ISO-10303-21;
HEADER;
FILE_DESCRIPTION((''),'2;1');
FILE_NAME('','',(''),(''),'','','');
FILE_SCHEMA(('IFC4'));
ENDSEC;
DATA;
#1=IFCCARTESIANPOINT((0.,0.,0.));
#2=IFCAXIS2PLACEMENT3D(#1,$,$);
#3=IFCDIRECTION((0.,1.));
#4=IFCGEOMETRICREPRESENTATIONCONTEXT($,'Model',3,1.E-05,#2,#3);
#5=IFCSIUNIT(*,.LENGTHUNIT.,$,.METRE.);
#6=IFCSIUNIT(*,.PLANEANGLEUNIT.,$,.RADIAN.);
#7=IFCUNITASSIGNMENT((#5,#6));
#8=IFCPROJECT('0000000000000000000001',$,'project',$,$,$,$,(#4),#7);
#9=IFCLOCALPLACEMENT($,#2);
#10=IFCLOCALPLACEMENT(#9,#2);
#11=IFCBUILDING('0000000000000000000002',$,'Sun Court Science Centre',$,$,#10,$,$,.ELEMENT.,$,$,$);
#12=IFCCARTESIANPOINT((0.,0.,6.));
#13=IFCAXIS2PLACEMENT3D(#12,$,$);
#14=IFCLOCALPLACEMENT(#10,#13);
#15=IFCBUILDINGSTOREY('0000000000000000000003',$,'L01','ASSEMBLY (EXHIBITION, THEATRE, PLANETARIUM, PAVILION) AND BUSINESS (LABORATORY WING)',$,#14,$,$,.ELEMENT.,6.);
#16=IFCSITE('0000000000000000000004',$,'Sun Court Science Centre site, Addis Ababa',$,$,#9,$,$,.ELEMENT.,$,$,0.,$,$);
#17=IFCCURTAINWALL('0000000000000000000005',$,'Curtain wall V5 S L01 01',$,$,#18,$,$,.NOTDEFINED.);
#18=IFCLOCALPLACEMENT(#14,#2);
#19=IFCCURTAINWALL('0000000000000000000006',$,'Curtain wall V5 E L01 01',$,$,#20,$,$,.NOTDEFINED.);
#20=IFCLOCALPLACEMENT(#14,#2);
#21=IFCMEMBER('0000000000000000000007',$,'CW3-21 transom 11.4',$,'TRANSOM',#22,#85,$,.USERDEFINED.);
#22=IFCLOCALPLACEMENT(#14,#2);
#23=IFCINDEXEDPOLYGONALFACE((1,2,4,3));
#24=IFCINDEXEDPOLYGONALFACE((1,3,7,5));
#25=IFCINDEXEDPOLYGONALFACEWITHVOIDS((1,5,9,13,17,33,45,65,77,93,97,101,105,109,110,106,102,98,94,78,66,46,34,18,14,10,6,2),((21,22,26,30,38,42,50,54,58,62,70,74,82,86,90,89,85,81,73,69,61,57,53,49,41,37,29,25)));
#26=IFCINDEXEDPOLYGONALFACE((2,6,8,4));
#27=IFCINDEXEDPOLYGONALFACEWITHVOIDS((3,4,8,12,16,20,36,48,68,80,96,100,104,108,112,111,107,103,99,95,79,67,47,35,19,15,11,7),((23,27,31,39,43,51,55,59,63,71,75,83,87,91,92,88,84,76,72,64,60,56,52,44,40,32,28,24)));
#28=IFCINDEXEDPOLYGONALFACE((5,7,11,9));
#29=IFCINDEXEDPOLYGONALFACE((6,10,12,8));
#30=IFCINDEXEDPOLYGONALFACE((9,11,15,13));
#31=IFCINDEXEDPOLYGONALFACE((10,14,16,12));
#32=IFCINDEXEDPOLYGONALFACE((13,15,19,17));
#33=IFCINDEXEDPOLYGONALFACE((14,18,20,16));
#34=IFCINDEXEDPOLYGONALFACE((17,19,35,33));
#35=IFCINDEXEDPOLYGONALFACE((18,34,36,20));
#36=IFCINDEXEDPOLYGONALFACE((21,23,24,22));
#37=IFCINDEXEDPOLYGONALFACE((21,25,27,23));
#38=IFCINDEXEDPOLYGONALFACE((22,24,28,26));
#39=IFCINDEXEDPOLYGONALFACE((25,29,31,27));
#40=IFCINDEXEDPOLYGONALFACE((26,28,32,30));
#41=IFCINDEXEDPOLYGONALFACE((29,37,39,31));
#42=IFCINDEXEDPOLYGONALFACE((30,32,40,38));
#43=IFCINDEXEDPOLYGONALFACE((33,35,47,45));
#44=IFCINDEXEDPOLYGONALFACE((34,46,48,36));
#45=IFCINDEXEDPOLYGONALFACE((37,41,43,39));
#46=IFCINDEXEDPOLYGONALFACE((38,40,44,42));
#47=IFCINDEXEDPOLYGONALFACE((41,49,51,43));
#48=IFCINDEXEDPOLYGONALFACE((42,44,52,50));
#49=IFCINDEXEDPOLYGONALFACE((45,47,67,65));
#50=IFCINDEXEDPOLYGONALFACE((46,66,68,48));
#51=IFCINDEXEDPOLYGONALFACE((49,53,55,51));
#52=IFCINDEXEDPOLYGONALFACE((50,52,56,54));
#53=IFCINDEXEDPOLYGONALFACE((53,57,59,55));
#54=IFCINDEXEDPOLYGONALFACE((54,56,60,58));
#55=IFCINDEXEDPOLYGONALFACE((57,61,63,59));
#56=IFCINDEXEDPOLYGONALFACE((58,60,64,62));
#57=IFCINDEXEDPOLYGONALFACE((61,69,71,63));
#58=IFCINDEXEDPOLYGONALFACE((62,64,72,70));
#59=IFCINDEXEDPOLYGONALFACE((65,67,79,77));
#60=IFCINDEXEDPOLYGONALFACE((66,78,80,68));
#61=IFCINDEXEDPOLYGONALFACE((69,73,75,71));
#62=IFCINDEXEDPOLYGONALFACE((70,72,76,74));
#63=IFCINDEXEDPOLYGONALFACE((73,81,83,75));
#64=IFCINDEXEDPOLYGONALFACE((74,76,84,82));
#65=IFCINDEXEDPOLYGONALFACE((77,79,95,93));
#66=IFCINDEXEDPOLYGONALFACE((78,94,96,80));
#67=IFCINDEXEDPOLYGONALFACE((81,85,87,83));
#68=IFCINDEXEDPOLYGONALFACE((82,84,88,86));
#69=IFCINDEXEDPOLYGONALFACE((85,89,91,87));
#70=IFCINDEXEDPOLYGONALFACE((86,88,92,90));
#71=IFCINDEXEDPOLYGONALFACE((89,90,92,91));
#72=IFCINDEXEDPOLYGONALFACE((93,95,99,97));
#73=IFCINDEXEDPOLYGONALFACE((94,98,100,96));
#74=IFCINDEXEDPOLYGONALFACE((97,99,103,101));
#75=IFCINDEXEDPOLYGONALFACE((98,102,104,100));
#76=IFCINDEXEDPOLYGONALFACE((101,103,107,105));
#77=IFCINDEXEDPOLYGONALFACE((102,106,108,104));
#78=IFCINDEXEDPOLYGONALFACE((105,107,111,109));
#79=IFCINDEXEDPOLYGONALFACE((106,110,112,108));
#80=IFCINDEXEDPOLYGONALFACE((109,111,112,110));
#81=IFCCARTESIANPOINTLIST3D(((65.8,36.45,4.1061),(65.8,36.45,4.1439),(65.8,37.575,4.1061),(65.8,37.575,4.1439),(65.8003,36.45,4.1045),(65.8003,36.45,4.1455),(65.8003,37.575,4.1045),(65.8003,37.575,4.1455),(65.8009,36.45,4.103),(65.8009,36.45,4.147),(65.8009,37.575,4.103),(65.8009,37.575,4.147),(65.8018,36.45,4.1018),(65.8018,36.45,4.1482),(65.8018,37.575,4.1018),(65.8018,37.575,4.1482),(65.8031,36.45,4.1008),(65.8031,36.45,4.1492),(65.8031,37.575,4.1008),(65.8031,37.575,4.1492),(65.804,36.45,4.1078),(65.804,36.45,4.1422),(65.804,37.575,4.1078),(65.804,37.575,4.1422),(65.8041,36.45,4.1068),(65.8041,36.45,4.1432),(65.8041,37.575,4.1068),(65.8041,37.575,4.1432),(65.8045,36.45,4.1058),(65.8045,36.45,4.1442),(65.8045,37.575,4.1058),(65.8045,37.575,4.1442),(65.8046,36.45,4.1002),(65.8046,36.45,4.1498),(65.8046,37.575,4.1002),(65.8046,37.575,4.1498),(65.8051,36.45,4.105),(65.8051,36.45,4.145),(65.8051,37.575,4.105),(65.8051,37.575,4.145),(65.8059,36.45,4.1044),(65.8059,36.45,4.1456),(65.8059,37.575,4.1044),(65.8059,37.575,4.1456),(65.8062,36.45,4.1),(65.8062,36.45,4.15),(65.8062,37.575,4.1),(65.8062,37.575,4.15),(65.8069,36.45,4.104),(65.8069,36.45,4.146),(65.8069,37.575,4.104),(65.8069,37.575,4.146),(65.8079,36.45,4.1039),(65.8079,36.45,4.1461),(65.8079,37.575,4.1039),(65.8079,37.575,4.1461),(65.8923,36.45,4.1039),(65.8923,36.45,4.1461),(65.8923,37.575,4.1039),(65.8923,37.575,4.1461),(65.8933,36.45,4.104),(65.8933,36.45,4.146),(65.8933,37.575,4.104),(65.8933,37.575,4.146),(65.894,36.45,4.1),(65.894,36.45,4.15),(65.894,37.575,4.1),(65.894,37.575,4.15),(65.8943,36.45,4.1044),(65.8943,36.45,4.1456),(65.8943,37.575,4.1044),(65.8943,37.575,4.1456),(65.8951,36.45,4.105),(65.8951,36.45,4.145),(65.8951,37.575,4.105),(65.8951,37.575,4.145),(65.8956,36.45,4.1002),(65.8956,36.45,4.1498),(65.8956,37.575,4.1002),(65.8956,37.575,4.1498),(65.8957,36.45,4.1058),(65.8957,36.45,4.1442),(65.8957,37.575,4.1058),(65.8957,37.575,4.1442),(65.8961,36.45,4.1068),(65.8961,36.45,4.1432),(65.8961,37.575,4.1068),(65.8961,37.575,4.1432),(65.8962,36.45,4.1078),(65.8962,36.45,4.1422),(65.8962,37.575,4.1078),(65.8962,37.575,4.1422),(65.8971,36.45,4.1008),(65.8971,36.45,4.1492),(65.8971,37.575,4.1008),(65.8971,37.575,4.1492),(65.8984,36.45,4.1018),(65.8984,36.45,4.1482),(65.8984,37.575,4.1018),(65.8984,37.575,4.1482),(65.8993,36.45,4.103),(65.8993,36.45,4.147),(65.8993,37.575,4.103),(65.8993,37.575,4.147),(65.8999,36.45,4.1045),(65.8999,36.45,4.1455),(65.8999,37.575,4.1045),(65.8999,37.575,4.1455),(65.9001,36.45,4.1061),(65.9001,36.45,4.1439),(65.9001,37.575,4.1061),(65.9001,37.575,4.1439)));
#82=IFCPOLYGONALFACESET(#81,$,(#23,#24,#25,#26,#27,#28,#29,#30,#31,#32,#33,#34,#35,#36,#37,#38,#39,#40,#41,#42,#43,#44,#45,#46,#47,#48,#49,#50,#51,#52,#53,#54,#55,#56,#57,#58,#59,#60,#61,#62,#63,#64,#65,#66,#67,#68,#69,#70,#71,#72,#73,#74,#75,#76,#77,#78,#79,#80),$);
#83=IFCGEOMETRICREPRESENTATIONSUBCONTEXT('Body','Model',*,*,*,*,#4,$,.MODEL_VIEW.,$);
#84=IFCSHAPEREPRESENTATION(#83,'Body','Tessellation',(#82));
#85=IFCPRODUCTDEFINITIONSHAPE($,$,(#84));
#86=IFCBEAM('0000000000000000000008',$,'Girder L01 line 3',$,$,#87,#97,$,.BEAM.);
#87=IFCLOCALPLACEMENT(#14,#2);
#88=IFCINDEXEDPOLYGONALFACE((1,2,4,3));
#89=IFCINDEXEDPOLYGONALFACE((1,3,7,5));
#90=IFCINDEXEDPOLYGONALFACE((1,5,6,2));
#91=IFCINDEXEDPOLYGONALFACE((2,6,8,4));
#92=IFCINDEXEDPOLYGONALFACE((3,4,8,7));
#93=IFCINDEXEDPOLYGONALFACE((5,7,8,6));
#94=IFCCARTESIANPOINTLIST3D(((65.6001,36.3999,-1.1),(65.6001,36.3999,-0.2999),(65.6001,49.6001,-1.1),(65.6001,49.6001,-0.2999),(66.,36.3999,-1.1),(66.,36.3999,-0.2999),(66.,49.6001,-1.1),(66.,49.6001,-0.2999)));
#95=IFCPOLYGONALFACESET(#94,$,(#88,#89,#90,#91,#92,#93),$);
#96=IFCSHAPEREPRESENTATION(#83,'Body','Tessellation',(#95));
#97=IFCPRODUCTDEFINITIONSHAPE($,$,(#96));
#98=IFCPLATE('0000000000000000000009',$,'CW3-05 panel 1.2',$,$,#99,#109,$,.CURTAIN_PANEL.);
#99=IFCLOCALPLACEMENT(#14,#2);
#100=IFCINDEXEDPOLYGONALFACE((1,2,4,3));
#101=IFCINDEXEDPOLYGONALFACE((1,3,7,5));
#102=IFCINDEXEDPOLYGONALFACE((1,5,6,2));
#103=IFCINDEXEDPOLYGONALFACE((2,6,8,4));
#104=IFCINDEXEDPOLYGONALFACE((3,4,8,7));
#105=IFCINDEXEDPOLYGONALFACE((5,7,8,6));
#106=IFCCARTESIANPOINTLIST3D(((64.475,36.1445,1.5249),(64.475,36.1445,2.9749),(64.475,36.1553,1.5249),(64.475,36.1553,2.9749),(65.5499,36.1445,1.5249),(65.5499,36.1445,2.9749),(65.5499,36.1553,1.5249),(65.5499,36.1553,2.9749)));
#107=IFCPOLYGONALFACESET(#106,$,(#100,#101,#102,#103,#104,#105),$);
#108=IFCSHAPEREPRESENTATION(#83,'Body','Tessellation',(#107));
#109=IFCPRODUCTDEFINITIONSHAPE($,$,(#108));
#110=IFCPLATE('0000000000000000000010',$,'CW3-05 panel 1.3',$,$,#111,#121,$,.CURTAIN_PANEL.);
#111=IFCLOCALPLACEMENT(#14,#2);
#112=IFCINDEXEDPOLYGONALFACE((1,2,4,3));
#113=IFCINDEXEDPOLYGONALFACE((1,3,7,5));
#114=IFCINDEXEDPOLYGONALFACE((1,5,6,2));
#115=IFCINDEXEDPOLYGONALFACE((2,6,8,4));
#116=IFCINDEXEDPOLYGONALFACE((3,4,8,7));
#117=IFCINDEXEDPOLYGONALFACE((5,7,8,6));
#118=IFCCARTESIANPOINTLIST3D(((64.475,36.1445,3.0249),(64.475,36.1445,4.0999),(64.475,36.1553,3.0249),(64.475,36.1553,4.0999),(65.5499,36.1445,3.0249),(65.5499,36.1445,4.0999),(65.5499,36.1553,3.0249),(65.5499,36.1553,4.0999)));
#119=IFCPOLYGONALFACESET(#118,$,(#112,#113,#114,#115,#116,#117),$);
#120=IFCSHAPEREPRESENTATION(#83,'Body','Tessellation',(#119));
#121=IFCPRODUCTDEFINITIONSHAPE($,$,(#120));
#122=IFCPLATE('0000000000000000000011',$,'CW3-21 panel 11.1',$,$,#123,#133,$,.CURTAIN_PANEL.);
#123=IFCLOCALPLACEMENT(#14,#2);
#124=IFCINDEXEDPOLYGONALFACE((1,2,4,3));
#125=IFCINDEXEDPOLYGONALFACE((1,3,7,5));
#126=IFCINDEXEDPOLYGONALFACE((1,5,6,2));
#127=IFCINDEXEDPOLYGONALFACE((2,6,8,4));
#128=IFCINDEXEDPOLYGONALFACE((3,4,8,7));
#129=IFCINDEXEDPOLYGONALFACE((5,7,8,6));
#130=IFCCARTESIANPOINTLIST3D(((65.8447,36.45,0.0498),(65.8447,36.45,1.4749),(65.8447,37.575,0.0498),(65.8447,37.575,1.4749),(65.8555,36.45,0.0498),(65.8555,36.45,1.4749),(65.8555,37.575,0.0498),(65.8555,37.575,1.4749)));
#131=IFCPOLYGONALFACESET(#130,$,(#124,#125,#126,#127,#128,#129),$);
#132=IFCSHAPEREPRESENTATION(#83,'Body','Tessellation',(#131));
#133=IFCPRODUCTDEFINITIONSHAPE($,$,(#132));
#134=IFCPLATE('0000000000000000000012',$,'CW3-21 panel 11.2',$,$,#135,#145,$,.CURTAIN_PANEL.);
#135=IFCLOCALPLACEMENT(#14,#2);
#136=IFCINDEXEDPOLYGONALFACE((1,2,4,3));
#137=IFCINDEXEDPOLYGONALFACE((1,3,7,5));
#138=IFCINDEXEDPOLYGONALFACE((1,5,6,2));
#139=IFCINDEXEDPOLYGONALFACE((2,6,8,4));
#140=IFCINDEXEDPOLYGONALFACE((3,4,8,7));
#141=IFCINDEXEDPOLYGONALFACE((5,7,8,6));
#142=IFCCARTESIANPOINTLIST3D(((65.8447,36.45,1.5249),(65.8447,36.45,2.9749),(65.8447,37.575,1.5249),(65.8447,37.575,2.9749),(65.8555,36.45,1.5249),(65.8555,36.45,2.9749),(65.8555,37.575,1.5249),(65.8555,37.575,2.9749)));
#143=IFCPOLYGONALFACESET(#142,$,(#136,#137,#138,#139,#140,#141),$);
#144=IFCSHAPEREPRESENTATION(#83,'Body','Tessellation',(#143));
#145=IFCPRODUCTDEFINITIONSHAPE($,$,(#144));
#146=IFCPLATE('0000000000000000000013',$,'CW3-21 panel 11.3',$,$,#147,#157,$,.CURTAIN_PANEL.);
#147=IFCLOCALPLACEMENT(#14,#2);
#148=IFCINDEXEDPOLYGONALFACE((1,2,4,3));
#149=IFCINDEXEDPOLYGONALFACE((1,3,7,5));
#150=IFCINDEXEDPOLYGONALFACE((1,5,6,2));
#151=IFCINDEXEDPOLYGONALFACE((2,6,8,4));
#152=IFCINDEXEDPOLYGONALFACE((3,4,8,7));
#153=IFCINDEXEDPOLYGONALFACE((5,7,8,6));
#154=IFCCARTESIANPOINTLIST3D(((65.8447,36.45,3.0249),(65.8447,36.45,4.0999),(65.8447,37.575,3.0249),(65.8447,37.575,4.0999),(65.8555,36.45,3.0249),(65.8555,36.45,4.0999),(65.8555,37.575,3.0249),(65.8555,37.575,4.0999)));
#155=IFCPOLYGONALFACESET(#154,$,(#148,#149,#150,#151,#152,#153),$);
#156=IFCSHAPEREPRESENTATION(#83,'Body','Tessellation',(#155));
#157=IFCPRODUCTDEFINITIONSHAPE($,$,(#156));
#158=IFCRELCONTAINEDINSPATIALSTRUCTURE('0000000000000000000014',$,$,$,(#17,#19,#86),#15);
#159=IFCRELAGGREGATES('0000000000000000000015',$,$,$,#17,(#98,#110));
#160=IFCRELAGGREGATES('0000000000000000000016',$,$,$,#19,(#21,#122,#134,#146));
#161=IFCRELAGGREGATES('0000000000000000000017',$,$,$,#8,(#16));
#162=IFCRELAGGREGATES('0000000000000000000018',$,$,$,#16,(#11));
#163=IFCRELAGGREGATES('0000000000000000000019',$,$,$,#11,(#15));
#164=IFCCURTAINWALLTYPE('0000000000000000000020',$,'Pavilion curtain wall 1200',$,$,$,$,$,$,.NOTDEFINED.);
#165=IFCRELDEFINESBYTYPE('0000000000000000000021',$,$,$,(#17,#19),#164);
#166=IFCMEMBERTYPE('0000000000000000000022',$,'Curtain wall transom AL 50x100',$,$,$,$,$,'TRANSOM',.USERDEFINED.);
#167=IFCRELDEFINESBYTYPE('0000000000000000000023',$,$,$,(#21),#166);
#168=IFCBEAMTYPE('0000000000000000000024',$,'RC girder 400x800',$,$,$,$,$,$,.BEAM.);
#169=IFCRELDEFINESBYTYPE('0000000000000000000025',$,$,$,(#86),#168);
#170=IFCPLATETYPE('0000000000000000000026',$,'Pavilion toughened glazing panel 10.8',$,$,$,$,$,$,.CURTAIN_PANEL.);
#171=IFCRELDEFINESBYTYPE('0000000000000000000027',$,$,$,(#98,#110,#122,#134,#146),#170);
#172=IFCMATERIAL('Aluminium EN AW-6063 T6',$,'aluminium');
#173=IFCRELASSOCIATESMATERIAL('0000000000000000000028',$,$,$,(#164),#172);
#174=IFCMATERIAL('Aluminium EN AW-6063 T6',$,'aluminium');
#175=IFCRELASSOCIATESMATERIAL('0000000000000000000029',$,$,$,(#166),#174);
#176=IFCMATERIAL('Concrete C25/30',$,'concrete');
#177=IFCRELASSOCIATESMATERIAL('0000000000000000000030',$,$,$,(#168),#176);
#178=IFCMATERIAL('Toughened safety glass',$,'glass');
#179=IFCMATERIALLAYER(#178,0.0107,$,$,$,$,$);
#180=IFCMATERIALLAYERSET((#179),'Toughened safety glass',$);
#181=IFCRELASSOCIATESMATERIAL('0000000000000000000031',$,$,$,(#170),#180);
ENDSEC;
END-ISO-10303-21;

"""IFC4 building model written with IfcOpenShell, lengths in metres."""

from ifc_helpers import new_model, si_unit, direction, frame, origin, origin_2d, place, context, subcontext, project, spatial, rectangle, hollow_rectangle, extrude, material, layer, layer_set, material_profile, profile_set, type_object, element, aggregate, save


model = new_model("IFC4")

# Units and contexts
model_context = context("Model", 3, precision=1e-05, world=origin(), true_north=direction((0.0, 1.0)))
body_context = subcontext(model_context, "Body", "Model", "MODEL_VIEW")
ifc_project = project(units=[si_unit("LENGTHUNIT", "METRE"), si_unit("PLANEANGLEUNIT", "RADIAN")], contexts=[model_context])

# Site, building, storey
site_placement = place(None, origin())
site = spatial("IfcSite", under=ifc_project, at=site_placement, Name="Sun Court Science Centre site, Addis Ababa", CompositionType="ELEMENT", RefElevation=0.0)
building_placement = place(site_placement, origin())
building = spatial("IfcBuilding", under=site, at=building_placement, Name="Sun Court Science Centre", CompositionType="ELEMENT")
storey_placement = place(building_placement, frame((0.0, 0.0, 6.0)))
storey = spatial("IfcBuildingStorey", under=building, at=storey_placement, Name="L01", Description="ASSEMBLY (EXHIBITION, THEATRE, PLANETARIUM, PAVILION) AND BUSINESS (LABORATORY WING)", CompositionType="ELEMENT", Elevation=6.0)

# Curtain wall
ifc_material_1 = material(Name="Aluminium EN AW-6063 T6", Category="aluminium")
curtain_wall_type = type_object("IfcCurtainWallType", Name="Pavilion curtain wall 1200", PredefinedType="NOTDEFINED", material=ifc_material_1)
curtain_wall_1_placement = place(storey_placement, origin())
curtain_wall_1 = element("IfcCurtainWall", 1, at=curtain_wall_1_placement, inside=storey, type_object=curtain_wall_type, Name="Curtain wall V5 S L01 01", PredefinedType="NOTDEFINED")

# Curtain wall
curtain_wall_2_placement = place(storey_placement, origin())
curtain_wall_2 = element("IfcCurtainWall", 2, at=curtain_wall_2_placement, inside=storey, type_object=curtain_wall_type, Name="Curtain wall V5 E L01 01", PredefinedType="NOTDEFINED")

# Member
ifc_material_2 = material(Name="Aluminium EN AW-6063 T6", Category="aluminium")
ifc_material_profile_1 = material_profile(ifc_material_2, hollow_rectangle(XDim=0.05, YDim=0.1001, WallThickness=0.0039, InnerFilletRadius=0.0039, OuterFilletRadius=0.0061, at=origin_2d()), Name="AL 50x100x4")
ifc_profile_set_1 = profile_set([ifc_material_profile_1], Name="Aluminium EN AW-6063 T6")
member_type_1 = type_object("IfcMemberType", Name="Curtain wall transom AL 50x100", ElementType="TRANSOM", PredefinedType="USERDEFINED", material=ifc_profile_set_1)
member_1_placement = place(storey_placement, frame((65.8501, 37.575, 4.125), z_axis=(0.0, -1.0, 0.0), x_axis=(0.0, 0.0, 1.0)))
member_1 = element("IfcMember", 3, at=member_1_placement, type_object=member_type_1, Name="CW3-21 transom 11.4", ObjectType="TRANSOM", PredefinedType="USERDEFINED", context=body_context, shape_type="SweptSolid", body=[
    extrude(hollow_rectangle(XDim=0.05, YDim=0.1001, WallThickness=0.0039, InnerFilletRadius=0.0039, OuterFilletRadius=0.0061, at=origin_2d()), origin(), (0.0, 0.0, 1.0), 1.125),
])

# Beam
ifc_material_3 = material(Name="Concrete C25/30", Category="concrete")
ifc_material_profile_2 = material_profile(ifc_material_3, rectangle(XDim=0.3999, YDim=0.8, at=origin_2d()), Name="RC 400x800")
ifc_profile_set_2 = profile_set([ifc_material_profile_2], Name="Concrete C25/30")
beam_type = type_object("IfcBeamType", Name="RC girder 400x800", PredefinedType="BEAM", material=ifc_profile_set_2)
beam_placement = place(storey_placement, frame((65.8, 36.3999, -0.7), z_axis=(0.0, 1.0, 0.0), x_axis=(-1.0, 0.0, 0.0)))
element("IfcBeam", 4, at=beam_placement, inside=storey, type_object=beam_type, Name="Girder L01 line 3", PredefinedType="BEAM", context=body_context, shape_type="SweptSolid", body=[
    extrude(rectangle(XDim=0.3999, YDim=0.8, at=origin_2d()), origin(), (0.0, 0.0, 1.0), 13.2002),
])

# Plates
ifc_material_4 = material(Name="Toughened safety glass", Category="glass")
ifc_layer_1 = layer(ifc_material_4, 0.0107)
ifc_layer_set_1 = layer_set([ifc_layer_1], Name="Toughened safety glass")
plate_type = type_object("IfcPlateType", Name="Pavilion toughened glazing panel 10.8", PredefinedType="CURTAIN_PANEL", material=ifc_layer_set_1)
plate_1_placement = place(storey_placement, frame((65.0125, 36.1499, 1.5249), z_axis=(0.0, 0.0, 1.0), x_axis=(-1.0, 0.0, 0.0)))
plate_1 = element("IfcPlate", 5, at=plate_1_placement, type_object=plate_type, Name="CW3-05 panel 1.2", PredefinedType="CURTAIN_PANEL", context=body_context, shape_type="SweptSolid", body=[
    extrude(rectangle(XDim=1.075, YDim=0.0107, at=origin_2d()), origin(), (0.0, 0.0, 1.0), 1.45),
])
plate_2_placement = place(storey_placement, frame((65.0125, 36.1499, 3.0249), z_axis=(0.0, 0.0, 1.0), x_axis=(-1.0, 0.0, 0.0)))
plate_2 = element("IfcPlate", 6, at=plate_2_placement, type_object=plate_type, Name="CW3-05 panel 1.3", PredefinedType="CURTAIN_PANEL", context=body_context, shape_type="SweptSolid", body=[
    extrude(rectangle(XDim=1.075, YDim=0.0107, at=origin_2d()), origin(), (0.0, 0.0, 1.0), 1.075),
])
aggregate(curtain_wall_1, [plate_1, plate_2])
plate_3_placement = place(storey_placement, frame((65.8501, 37.0125, 0.0498), z_axis=(0.0, 0.0, 1.0), x_axis=(0.0, -1.0, 0.0)))
plate_3 = element("IfcPlate", 7, at=plate_3_placement, type_object=plate_type, Name="CW3-21 panel 11.1", PredefinedType="CURTAIN_PANEL", context=body_context, shape_type="SweptSolid", body=[
    extrude(rectangle(XDim=1.125, YDim=0.0107, at=origin_2d()), origin(), (0.0, 0.0, 1.0), 1.425),
])
plate_4_placement = place(storey_placement, frame((65.8501, 37.0125, 1.5249), z_axis=(0.0, 0.0, 1.0), x_axis=(0.0, -1.0, 0.0)))
plate_4 = element("IfcPlate", 8, at=plate_4_placement, type_object=plate_type, Name="CW3-21 panel 11.2", PredefinedType="CURTAIN_PANEL", context=body_context, shape_type="SweptSolid", body=[
    extrude(rectangle(XDim=1.125, YDim=0.0107, at=origin_2d()), origin(), (0.0, 0.0, 1.0), 1.45),
])
plate_5_placement = place(storey_placement, frame((65.8501, 37.0125, 3.0249), z_axis=(0.0, 0.0, 1.0), x_axis=(0.0, -1.0, 0.0)))
plate_5 = element("IfcPlate", 9, at=plate_5_placement, type_object=plate_type, Name="CW3-21 panel 11.3", PredefinedType="CURTAIN_PANEL", context=body_context, shape_type="SweptSolid", body=[
    extrude(rectangle(XDim=1.125, YDim=0.0107, at=origin_2d()), origin(), (0.0, 0.0, 1.0), 1.075),
])
aggregate(curtain_wall_2, [member_1, plate_3, plate_4, plate_5])

save(model, "model.ifc")
